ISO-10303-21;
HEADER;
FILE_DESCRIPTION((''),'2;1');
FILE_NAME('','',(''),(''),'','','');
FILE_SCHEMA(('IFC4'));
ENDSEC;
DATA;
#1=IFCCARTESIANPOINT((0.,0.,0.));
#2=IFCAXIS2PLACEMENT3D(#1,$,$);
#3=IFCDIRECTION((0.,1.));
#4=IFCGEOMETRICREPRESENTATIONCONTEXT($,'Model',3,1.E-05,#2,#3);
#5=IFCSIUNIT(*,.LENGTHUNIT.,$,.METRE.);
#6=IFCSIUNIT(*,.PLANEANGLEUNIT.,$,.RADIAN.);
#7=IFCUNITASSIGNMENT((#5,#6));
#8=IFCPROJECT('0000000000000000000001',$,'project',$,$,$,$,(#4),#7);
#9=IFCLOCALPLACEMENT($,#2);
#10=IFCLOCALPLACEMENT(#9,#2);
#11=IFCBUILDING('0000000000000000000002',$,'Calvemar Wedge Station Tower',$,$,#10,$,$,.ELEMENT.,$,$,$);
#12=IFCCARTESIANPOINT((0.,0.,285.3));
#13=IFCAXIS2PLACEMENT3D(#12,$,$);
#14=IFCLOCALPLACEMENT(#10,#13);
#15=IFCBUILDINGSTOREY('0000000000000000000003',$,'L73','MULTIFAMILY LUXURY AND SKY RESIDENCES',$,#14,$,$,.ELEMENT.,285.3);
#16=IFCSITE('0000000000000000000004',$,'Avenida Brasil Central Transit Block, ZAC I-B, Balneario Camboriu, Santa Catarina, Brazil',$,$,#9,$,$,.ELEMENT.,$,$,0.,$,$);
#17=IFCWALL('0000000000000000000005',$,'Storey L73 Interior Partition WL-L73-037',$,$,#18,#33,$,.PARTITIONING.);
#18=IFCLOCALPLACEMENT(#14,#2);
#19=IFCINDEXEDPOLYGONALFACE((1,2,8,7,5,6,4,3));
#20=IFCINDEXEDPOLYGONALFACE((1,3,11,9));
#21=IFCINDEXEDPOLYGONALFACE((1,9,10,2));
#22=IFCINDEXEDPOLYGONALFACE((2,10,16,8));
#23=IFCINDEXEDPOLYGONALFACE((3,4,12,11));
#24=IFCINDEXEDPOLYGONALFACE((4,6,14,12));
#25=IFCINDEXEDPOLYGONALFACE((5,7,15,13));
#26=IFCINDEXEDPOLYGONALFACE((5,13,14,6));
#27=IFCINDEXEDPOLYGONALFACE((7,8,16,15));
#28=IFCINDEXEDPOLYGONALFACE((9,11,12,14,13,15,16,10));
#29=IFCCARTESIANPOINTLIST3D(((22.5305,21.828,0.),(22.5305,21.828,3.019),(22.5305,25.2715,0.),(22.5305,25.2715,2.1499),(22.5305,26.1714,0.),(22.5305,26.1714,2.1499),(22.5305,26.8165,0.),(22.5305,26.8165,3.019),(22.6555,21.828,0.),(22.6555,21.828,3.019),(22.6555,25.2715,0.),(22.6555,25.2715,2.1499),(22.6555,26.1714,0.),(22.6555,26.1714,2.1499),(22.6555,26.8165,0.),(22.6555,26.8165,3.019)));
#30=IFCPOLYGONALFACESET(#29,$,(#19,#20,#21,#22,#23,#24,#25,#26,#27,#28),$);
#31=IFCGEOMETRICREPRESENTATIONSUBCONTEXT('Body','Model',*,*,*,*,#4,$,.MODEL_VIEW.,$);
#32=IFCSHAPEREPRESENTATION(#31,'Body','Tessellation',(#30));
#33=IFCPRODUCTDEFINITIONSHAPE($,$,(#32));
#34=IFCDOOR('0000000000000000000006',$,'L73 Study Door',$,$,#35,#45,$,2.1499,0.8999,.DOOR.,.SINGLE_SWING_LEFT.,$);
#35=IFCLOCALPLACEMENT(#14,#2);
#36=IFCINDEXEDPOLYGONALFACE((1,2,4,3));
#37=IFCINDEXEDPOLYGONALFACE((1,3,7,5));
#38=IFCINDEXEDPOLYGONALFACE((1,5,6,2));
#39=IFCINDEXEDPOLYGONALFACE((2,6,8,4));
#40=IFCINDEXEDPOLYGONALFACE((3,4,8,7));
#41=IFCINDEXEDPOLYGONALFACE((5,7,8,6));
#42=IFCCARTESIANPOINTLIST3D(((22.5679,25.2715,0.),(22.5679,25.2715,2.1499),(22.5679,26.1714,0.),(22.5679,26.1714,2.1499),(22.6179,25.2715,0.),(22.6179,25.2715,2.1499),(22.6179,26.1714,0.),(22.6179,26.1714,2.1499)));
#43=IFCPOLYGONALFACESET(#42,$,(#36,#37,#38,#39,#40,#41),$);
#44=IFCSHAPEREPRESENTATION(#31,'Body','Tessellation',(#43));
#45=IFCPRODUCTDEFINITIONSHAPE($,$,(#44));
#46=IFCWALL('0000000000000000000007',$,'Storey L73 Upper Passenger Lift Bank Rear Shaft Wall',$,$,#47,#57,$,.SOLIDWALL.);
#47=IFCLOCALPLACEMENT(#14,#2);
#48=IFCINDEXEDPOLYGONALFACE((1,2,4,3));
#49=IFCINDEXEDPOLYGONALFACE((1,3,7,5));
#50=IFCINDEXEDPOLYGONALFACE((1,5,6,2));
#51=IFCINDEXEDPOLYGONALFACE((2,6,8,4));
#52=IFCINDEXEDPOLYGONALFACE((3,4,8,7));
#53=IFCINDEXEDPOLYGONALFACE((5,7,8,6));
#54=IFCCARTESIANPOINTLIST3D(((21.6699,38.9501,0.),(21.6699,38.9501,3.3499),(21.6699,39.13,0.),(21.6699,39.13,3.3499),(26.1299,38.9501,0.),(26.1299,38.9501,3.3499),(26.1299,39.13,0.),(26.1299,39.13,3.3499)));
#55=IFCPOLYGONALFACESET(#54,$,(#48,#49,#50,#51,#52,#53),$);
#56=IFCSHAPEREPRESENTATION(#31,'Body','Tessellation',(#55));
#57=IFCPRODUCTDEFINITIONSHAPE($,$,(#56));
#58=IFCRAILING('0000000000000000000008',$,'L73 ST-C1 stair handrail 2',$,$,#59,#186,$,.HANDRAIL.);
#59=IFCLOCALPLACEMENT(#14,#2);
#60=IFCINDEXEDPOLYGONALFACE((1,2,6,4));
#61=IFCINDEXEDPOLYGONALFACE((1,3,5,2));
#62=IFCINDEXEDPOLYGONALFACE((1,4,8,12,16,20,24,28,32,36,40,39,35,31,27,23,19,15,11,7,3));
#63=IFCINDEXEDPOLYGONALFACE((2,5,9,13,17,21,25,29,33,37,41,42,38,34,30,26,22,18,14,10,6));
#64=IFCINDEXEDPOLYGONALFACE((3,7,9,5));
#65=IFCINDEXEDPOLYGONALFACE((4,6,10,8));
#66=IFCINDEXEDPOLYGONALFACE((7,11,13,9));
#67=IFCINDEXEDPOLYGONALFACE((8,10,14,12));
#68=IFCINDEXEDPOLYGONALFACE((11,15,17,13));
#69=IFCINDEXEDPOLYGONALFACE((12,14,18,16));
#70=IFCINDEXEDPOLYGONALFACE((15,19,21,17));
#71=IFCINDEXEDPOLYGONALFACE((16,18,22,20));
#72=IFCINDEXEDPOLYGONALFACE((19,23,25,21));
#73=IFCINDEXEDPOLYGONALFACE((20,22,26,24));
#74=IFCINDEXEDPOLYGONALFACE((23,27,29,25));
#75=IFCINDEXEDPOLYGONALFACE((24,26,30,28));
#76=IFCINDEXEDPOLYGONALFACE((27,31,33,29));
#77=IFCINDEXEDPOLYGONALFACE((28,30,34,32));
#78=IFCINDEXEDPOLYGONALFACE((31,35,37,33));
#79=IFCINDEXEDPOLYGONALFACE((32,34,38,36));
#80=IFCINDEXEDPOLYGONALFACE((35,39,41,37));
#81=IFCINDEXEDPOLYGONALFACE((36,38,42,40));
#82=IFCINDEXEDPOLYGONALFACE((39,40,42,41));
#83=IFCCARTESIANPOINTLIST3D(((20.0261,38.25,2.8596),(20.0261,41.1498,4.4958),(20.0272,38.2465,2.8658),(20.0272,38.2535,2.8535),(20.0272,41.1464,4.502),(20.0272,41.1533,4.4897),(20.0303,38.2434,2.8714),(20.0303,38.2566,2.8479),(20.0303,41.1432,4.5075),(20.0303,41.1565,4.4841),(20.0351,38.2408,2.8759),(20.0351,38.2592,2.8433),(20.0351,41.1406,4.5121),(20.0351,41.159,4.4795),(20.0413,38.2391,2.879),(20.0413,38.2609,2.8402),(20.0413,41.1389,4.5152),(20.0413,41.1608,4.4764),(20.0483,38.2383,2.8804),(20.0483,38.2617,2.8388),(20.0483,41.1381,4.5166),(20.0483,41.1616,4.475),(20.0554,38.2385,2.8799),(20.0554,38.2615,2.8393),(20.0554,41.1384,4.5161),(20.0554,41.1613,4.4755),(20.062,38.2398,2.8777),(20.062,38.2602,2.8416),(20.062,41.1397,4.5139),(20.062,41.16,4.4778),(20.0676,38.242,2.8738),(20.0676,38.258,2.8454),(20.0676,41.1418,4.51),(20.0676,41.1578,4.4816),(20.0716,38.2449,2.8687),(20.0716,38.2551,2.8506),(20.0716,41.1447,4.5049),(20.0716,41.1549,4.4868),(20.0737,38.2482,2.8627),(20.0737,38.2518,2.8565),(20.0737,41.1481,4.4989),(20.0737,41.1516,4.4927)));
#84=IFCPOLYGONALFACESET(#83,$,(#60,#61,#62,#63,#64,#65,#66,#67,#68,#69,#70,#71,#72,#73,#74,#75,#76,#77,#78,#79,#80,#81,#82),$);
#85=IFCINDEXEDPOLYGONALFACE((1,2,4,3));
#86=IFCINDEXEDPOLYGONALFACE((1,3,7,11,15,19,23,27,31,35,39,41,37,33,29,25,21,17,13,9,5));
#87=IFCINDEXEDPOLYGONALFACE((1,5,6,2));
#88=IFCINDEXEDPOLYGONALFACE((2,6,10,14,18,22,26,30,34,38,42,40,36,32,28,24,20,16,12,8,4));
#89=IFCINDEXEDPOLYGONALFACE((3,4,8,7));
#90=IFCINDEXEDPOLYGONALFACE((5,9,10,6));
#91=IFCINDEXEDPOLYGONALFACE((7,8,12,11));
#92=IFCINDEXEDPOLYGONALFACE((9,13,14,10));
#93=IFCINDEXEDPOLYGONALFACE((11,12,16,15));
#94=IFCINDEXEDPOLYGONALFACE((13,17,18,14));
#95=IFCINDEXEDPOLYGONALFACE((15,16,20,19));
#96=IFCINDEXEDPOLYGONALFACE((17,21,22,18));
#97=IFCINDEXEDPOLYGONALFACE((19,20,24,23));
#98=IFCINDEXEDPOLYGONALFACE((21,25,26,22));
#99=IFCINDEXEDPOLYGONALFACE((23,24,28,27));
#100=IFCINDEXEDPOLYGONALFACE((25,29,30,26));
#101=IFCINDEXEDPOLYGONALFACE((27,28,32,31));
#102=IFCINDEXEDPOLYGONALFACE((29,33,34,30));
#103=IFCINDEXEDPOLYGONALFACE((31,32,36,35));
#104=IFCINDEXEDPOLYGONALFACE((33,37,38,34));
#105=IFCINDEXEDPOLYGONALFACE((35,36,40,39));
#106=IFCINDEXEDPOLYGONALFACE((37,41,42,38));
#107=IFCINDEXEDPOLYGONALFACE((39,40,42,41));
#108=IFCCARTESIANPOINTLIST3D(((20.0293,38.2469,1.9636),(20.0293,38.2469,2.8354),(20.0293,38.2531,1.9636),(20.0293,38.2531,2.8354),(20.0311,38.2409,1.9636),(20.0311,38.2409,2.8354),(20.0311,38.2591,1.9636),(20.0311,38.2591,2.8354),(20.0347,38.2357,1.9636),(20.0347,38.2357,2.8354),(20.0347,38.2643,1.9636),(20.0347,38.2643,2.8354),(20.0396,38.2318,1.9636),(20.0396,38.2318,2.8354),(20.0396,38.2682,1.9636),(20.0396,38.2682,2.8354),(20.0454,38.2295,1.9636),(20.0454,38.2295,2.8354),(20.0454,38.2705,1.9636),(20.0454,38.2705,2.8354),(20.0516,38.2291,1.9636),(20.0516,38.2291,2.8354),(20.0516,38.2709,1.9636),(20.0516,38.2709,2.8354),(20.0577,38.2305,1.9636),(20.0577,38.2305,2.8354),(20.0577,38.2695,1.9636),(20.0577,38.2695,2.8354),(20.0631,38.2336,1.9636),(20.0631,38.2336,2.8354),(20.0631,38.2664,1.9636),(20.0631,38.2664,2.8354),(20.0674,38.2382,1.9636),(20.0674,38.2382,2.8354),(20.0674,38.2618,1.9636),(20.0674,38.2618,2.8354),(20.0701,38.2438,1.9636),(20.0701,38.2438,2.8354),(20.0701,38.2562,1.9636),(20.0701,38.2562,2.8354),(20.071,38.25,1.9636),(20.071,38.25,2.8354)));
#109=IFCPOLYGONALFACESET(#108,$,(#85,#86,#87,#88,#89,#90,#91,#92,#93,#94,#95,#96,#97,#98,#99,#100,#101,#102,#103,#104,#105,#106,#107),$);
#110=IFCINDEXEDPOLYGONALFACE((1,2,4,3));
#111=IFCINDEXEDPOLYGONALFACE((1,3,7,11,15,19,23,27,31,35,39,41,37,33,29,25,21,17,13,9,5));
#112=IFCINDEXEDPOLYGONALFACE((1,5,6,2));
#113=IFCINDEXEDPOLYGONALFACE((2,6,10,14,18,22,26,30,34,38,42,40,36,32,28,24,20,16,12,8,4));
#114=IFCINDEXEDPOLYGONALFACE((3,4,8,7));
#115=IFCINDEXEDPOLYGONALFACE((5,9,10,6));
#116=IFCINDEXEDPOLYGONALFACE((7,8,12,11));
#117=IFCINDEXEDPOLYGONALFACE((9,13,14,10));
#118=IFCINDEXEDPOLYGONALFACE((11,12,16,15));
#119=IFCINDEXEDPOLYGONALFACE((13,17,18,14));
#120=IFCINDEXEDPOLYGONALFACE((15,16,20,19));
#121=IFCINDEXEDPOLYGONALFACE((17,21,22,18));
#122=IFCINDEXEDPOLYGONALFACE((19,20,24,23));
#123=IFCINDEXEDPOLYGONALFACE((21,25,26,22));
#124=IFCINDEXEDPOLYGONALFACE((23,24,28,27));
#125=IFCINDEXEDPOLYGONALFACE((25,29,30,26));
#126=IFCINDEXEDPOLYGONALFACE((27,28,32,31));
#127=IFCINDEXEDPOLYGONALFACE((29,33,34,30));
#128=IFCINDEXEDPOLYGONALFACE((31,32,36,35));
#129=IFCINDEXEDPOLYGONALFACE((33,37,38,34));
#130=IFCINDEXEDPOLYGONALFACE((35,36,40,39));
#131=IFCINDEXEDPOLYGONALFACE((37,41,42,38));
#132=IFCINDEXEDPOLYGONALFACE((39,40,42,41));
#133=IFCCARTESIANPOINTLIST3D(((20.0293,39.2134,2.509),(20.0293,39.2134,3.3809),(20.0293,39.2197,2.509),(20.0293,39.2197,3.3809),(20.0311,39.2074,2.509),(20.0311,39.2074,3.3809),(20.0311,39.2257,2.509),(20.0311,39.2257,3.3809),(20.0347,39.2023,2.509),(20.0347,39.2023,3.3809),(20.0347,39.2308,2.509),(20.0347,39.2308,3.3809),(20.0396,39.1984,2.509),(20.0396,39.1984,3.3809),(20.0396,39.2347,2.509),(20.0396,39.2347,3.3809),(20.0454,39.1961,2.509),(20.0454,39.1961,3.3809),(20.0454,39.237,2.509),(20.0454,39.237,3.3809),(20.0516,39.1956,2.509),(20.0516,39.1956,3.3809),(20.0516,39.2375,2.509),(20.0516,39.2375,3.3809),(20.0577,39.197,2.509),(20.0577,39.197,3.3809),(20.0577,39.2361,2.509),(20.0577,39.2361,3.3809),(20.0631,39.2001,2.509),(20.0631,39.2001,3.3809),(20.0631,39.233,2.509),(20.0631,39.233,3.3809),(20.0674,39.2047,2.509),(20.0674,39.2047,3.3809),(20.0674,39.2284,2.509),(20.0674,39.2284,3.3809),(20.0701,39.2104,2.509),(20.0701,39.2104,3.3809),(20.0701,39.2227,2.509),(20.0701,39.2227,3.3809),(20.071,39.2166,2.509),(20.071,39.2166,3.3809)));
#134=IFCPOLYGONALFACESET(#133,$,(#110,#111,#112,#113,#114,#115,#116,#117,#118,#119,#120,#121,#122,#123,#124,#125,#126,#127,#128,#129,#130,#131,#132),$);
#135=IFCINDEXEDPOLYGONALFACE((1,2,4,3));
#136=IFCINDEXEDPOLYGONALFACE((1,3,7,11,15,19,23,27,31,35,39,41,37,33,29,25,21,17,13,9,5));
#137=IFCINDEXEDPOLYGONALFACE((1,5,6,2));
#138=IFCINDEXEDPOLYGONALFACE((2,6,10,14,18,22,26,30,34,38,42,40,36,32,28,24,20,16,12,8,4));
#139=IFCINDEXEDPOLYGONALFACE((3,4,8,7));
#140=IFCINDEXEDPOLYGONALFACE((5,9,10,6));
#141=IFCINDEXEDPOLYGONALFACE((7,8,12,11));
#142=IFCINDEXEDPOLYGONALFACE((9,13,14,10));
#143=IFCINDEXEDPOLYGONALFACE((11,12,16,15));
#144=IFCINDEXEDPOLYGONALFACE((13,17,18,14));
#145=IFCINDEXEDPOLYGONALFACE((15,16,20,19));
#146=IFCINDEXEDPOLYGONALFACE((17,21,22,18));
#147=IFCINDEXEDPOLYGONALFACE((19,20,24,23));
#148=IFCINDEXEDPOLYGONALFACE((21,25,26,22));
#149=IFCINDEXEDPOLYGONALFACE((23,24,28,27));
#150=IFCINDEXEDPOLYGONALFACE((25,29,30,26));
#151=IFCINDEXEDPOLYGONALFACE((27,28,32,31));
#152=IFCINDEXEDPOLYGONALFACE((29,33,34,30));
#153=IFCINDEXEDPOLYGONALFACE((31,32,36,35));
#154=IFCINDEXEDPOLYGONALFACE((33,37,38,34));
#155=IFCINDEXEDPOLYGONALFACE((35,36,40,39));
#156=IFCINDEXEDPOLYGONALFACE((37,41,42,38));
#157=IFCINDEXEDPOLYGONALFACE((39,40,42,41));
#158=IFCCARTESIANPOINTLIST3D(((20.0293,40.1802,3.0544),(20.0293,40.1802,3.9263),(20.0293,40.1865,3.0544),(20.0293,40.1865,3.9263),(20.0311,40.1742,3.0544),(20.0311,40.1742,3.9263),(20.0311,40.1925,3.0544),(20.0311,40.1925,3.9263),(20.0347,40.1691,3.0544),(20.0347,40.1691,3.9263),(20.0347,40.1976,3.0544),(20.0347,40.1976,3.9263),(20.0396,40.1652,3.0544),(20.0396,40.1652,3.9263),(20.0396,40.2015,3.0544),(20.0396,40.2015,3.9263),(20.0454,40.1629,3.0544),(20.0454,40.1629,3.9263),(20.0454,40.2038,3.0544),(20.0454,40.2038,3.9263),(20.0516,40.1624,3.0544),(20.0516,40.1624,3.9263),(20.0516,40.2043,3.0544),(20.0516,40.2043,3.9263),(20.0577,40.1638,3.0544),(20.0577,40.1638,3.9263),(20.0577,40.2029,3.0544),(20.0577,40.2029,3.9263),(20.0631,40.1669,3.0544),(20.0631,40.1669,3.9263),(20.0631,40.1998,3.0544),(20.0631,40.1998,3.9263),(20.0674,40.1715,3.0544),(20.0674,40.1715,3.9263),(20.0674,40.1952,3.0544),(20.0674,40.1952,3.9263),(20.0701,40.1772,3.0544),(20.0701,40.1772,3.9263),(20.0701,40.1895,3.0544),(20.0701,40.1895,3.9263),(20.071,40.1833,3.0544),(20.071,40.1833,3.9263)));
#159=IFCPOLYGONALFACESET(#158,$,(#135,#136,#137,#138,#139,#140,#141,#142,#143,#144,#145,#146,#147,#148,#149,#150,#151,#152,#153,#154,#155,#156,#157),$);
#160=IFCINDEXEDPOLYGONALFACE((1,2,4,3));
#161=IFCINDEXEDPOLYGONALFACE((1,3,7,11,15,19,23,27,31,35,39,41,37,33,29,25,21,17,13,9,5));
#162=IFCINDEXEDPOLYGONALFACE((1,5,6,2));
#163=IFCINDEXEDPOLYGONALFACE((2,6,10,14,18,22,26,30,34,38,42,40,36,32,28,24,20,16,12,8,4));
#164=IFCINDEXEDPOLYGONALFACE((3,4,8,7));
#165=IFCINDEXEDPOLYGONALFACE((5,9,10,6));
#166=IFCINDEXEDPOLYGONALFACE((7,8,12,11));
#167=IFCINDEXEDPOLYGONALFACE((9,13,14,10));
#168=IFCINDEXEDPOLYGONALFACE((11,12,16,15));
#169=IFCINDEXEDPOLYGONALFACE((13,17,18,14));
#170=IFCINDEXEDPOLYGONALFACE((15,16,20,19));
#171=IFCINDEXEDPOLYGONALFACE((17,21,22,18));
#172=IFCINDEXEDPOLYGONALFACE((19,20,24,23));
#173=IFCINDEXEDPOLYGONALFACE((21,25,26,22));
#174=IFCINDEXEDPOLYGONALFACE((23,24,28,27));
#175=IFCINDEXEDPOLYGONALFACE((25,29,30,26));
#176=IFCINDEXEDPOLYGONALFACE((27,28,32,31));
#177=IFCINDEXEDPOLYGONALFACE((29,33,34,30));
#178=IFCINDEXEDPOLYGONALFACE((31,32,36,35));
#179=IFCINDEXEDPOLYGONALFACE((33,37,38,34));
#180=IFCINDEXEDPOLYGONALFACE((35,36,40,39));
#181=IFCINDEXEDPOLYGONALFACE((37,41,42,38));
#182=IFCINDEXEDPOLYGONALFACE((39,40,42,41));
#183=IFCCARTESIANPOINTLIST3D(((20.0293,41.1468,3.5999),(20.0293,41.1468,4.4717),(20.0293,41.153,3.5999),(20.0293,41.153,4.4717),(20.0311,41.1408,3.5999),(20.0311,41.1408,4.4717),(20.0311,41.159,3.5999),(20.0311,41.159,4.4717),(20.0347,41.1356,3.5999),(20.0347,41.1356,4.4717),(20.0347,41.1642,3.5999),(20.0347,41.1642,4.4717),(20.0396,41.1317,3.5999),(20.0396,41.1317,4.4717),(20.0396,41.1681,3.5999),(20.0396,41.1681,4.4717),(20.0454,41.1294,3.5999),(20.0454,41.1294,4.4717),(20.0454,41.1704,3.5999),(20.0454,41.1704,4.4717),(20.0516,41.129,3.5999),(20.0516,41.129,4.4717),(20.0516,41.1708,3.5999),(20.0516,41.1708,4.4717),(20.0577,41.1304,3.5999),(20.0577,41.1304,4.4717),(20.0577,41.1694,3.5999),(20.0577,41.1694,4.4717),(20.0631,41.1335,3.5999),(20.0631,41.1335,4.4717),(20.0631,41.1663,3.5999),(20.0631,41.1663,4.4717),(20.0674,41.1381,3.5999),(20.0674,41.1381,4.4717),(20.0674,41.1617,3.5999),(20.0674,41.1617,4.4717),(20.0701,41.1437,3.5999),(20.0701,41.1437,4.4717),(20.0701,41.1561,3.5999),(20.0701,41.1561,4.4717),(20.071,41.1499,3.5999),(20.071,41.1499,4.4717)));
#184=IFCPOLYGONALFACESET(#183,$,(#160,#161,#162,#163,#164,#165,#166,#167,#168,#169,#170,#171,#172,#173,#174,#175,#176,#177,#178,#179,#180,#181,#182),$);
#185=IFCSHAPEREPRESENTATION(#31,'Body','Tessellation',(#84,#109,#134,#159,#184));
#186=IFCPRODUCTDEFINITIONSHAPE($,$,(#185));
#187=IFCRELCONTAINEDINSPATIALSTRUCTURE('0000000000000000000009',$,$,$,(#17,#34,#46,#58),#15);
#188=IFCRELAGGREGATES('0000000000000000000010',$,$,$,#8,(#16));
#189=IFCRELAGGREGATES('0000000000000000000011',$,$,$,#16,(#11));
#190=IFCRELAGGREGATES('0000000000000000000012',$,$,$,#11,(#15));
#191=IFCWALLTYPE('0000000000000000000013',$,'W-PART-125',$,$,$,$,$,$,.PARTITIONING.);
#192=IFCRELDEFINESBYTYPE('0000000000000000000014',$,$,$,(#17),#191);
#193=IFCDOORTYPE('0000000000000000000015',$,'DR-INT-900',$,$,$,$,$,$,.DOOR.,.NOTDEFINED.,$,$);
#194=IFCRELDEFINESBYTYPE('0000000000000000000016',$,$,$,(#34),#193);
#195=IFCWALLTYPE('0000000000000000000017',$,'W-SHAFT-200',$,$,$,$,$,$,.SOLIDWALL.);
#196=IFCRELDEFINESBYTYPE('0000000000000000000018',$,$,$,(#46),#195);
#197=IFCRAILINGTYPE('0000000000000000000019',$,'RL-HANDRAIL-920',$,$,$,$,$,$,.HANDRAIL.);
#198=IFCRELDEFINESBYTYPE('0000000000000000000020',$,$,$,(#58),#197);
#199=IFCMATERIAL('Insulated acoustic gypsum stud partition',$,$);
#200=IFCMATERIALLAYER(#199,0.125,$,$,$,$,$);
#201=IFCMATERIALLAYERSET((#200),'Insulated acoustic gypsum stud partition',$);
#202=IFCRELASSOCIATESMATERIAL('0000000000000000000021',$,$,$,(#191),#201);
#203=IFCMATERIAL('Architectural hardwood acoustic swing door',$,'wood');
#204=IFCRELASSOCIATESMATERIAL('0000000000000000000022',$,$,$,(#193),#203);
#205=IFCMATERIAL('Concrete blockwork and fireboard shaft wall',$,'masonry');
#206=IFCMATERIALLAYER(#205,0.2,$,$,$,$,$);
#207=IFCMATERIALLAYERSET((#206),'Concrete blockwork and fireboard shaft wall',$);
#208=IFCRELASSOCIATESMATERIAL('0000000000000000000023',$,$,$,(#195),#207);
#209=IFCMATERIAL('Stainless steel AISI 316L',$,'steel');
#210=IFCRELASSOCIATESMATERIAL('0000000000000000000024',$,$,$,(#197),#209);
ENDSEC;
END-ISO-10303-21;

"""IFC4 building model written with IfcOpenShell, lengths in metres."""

from ifc_helpers import new_model, si_unit, direction, frame, frame_2d, origin, origin_2d, place, context, subcontext, project, spatial, rectangle, circle, extrude, source, transform, mapped, material, layer, layer_set, type_object, element, fill, save


model = new_model("IFC4")

# Units and contexts
model_context = context("Model", 3, precision=1e-05, world=origin(), true_north=direction((0.0, 1.0)))
body_context = subcontext(model_context, "Body", "Model", "MODEL_VIEW")
ifc_project = project(units=[si_unit("LENGTHUNIT", "METRE"), si_unit("PLANEANGLEUNIT", "RADIAN")], contexts=[model_context])

# Site, building, storey
site_placement = place(None, origin())
site = spatial("IfcSite", under=ifc_project, at=site_placement, Name="Avenida Brasil Central Transit Block, ZAC I-B, Balneario Camboriu, Santa Catarina, Brazil", CompositionType="ELEMENT", RefElevation=0.0)
building_placement = place(site_placement, origin())
building = spatial("IfcBuilding", under=site, at=building_placement, Name="Calvemar Wedge Station Tower", CompositionType="ELEMENT")
storey_placement = place(building_placement, frame((0.0, 0.0, 285.3)))
storey = spatial("IfcBuildingStorey", under=building, at=storey_placement, Name="L73", Description="MULTIFAMILY LUXURY AND SKY RESIDENCES", CompositionType="ELEMENT", Elevation=285.3)

# Shared definitions
ifc_material_1 = material(Name="Insulated acoustic gypsum stud partition")
ifc_layer_1 = layer(ifc_material_1, 0.125)
ifc_layer_set_1 = layer_set([ifc_layer_1], Name="Insulated acoustic gypsum stud partition")
wall_type_1 = type_object("IfcWallType", Name="W-PART-125", PredefinedType="PARTITIONING", material=ifc_layer_set_1)
shared_shape_1 = source(origin(), body_context, "Body", "SweptSolid", [
    extrude(rectangle(XDim=0.8999, YDim=2.1499, at=frame_2d((0.45, 1.075))), frame((0.0, 0.0725, 0.0), z_axis=(0.0, -1.0, 0.0), x_axis=(1.0, 0.0, 0.0)), (0.0, 0.0, 1.0), 0.145),
])
ifc_material_2 = material(Name="Architectural hardwood acoustic swing door", Category="wood")
door_type_1 = type_object("IfcDoorType", Name="DR-INT-900", OperationType="NOTDEFINED", PredefinedType="DOOR", material=ifc_material_2)
shared_shape_2 = source(origin(), body_context, "Body", "SweptSolid", [
    extrude(rectangle(XDim=0.8999, YDim=2.1499, at=frame_2d((0.45, 1.075))), frame((0.0, 0.0249, 0.0), z_axis=(0.0, -1.0, 0.0), x_axis=(1.0, 0.0, 0.0)), (0.0, 0.0, 1.0), 0.05),
])

# Wall, opening, door
wall_1_placement = place(storey_placement, frame((22.593, 26.8164, 0.0), z_axis=(0.0, 0.0, 1.0), x_axis=(0.0, -1.0, 0.0)))
wall_1 = element("IfcWall", 1, at=wall_1_placement, inside=storey, type_object=wall_type_1, Name="Storey L73 Interior Partition WL-L73-037", PredefinedType="PARTITIONING", context=body_context, shape_type="SweptSolid", body=[
    extrude(rectangle(XDim=4.9885, YDim=0.125, at=frame_2d((2.4941, 0.0))), origin(), (0.0, 0.0, 1.0), 3.019),
])
opening_1_placement = place(wall_1_placement, frame((0.645, 0.0, 0.0)))
opening_1 = element("IfcOpeningElement", 2, at=opening_1_placement, cuts=wall_1, PredefinedType="OPENING", context=body_context, shape_type="MappedRepresentation", body=[
    mapped(shared_shape_1, transform((0.0, 0.0, 0.0), scale=1.0)),
])
door_1_placement = place(opening_1_placement, origin())
door_1 = element("IfcDoor", 3, at=door_1_placement, inside=storey, type_object=door_type_1, Name="L73 Study Door", OperationType="SINGLE_SWING_LEFT", OverallHeight=2.1499, OverallWidth=0.8999, PredefinedType="DOOR", context=body_context, shape_type="MappedRepresentation", body=[
    mapped(shared_shape_2, transform((0.0, 0.0, 0.0), scale=1.0)),
])
fill(opening_1, door_1)

# Wall
ifc_material_3 = material(Name="Concrete blockwork and fireboard shaft wall", Category="masonry")
ifc_layer_2 = layer(ifc_material_3, 0.2)
ifc_layer_set_2 = layer_set([ifc_layer_2], Name="Concrete blockwork and fireboard shaft wall")
wall_type_2 = type_object("IfcWallType", Name="W-SHAFT-200", PredefinedType="SOLIDWALL", material=ifc_layer_set_2)
wall_2_placement = place(storey_placement, frame((21.6699, 39.04, 0.0), z_axis=(0.0, 0.0, 1.0), x_axis=(1.0, 0.0, 0.0)))
element("IfcWall", 4, at=wall_2_placement, inside=storey, type_object=wall_type_2, Name="Storey L73 Upper Passenger Lift Bank Rear Shaft Wall", PredefinedType="SOLIDWALL", context=body_context, shape_type="SweptSolid", body=[
    extrude(rectangle(XDim=4.46, YDim=0.1799, at=frame_2d((2.23, 0.0))), origin(), (0.0, 0.0, 1.0), 3.3499),
])

# Railing
ifc_material_4 = material(Name="Stainless steel AISI 316L", Category="steel")
railing_type = type_object("IfcRailingType", Name="RL-HANDRAIL-920", PredefinedType="HANDRAIL", material=ifc_material_4)
railing_placement = place(storey_placement, frame((20.05, 38.25, 1.9636)))
element("IfcRailing", 5, at=railing_placement, inside=storey, type_object=railing_type, Name="L73 ST-C1 stair handrail 2", PredefinedType="HANDRAIL", context=body_context, shape_type="SweptSolid", body=[
    extrude(circle(Radius=0.0239, at=origin_2d()), frame((0.0, 0.0, 0.896), z_axis=(0.0, 0.870929, 0.49141), x_axis=(-1.0, 0.0, 0.0)), (0.0, 0.0, 1.0), 3.3296),
    extrude(circle(Radius=0.021, at=origin_2d()), origin(), (0.0, 0.0, 1.0), 0.8718),
    extrude(circle(Radius=0.021, at=origin_2d()), frame((0.0, 0.9666, 0.5454)), (0.0, 0.0, 1.0), 0.8718),
    extrude(circle(Radius=0.021, at=origin_2d()), frame((0.0, 1.9333, 1.0908)), (0.0, 0.0, 1.0), 0.8718),
    extrude(circle(Radius=0.021, at=origin_2d()), frame((0.0, 2.8999, 1.6362)), (0.0, 0.0, 1.0), 0.8718),
])

save(model, "model.ifc")
